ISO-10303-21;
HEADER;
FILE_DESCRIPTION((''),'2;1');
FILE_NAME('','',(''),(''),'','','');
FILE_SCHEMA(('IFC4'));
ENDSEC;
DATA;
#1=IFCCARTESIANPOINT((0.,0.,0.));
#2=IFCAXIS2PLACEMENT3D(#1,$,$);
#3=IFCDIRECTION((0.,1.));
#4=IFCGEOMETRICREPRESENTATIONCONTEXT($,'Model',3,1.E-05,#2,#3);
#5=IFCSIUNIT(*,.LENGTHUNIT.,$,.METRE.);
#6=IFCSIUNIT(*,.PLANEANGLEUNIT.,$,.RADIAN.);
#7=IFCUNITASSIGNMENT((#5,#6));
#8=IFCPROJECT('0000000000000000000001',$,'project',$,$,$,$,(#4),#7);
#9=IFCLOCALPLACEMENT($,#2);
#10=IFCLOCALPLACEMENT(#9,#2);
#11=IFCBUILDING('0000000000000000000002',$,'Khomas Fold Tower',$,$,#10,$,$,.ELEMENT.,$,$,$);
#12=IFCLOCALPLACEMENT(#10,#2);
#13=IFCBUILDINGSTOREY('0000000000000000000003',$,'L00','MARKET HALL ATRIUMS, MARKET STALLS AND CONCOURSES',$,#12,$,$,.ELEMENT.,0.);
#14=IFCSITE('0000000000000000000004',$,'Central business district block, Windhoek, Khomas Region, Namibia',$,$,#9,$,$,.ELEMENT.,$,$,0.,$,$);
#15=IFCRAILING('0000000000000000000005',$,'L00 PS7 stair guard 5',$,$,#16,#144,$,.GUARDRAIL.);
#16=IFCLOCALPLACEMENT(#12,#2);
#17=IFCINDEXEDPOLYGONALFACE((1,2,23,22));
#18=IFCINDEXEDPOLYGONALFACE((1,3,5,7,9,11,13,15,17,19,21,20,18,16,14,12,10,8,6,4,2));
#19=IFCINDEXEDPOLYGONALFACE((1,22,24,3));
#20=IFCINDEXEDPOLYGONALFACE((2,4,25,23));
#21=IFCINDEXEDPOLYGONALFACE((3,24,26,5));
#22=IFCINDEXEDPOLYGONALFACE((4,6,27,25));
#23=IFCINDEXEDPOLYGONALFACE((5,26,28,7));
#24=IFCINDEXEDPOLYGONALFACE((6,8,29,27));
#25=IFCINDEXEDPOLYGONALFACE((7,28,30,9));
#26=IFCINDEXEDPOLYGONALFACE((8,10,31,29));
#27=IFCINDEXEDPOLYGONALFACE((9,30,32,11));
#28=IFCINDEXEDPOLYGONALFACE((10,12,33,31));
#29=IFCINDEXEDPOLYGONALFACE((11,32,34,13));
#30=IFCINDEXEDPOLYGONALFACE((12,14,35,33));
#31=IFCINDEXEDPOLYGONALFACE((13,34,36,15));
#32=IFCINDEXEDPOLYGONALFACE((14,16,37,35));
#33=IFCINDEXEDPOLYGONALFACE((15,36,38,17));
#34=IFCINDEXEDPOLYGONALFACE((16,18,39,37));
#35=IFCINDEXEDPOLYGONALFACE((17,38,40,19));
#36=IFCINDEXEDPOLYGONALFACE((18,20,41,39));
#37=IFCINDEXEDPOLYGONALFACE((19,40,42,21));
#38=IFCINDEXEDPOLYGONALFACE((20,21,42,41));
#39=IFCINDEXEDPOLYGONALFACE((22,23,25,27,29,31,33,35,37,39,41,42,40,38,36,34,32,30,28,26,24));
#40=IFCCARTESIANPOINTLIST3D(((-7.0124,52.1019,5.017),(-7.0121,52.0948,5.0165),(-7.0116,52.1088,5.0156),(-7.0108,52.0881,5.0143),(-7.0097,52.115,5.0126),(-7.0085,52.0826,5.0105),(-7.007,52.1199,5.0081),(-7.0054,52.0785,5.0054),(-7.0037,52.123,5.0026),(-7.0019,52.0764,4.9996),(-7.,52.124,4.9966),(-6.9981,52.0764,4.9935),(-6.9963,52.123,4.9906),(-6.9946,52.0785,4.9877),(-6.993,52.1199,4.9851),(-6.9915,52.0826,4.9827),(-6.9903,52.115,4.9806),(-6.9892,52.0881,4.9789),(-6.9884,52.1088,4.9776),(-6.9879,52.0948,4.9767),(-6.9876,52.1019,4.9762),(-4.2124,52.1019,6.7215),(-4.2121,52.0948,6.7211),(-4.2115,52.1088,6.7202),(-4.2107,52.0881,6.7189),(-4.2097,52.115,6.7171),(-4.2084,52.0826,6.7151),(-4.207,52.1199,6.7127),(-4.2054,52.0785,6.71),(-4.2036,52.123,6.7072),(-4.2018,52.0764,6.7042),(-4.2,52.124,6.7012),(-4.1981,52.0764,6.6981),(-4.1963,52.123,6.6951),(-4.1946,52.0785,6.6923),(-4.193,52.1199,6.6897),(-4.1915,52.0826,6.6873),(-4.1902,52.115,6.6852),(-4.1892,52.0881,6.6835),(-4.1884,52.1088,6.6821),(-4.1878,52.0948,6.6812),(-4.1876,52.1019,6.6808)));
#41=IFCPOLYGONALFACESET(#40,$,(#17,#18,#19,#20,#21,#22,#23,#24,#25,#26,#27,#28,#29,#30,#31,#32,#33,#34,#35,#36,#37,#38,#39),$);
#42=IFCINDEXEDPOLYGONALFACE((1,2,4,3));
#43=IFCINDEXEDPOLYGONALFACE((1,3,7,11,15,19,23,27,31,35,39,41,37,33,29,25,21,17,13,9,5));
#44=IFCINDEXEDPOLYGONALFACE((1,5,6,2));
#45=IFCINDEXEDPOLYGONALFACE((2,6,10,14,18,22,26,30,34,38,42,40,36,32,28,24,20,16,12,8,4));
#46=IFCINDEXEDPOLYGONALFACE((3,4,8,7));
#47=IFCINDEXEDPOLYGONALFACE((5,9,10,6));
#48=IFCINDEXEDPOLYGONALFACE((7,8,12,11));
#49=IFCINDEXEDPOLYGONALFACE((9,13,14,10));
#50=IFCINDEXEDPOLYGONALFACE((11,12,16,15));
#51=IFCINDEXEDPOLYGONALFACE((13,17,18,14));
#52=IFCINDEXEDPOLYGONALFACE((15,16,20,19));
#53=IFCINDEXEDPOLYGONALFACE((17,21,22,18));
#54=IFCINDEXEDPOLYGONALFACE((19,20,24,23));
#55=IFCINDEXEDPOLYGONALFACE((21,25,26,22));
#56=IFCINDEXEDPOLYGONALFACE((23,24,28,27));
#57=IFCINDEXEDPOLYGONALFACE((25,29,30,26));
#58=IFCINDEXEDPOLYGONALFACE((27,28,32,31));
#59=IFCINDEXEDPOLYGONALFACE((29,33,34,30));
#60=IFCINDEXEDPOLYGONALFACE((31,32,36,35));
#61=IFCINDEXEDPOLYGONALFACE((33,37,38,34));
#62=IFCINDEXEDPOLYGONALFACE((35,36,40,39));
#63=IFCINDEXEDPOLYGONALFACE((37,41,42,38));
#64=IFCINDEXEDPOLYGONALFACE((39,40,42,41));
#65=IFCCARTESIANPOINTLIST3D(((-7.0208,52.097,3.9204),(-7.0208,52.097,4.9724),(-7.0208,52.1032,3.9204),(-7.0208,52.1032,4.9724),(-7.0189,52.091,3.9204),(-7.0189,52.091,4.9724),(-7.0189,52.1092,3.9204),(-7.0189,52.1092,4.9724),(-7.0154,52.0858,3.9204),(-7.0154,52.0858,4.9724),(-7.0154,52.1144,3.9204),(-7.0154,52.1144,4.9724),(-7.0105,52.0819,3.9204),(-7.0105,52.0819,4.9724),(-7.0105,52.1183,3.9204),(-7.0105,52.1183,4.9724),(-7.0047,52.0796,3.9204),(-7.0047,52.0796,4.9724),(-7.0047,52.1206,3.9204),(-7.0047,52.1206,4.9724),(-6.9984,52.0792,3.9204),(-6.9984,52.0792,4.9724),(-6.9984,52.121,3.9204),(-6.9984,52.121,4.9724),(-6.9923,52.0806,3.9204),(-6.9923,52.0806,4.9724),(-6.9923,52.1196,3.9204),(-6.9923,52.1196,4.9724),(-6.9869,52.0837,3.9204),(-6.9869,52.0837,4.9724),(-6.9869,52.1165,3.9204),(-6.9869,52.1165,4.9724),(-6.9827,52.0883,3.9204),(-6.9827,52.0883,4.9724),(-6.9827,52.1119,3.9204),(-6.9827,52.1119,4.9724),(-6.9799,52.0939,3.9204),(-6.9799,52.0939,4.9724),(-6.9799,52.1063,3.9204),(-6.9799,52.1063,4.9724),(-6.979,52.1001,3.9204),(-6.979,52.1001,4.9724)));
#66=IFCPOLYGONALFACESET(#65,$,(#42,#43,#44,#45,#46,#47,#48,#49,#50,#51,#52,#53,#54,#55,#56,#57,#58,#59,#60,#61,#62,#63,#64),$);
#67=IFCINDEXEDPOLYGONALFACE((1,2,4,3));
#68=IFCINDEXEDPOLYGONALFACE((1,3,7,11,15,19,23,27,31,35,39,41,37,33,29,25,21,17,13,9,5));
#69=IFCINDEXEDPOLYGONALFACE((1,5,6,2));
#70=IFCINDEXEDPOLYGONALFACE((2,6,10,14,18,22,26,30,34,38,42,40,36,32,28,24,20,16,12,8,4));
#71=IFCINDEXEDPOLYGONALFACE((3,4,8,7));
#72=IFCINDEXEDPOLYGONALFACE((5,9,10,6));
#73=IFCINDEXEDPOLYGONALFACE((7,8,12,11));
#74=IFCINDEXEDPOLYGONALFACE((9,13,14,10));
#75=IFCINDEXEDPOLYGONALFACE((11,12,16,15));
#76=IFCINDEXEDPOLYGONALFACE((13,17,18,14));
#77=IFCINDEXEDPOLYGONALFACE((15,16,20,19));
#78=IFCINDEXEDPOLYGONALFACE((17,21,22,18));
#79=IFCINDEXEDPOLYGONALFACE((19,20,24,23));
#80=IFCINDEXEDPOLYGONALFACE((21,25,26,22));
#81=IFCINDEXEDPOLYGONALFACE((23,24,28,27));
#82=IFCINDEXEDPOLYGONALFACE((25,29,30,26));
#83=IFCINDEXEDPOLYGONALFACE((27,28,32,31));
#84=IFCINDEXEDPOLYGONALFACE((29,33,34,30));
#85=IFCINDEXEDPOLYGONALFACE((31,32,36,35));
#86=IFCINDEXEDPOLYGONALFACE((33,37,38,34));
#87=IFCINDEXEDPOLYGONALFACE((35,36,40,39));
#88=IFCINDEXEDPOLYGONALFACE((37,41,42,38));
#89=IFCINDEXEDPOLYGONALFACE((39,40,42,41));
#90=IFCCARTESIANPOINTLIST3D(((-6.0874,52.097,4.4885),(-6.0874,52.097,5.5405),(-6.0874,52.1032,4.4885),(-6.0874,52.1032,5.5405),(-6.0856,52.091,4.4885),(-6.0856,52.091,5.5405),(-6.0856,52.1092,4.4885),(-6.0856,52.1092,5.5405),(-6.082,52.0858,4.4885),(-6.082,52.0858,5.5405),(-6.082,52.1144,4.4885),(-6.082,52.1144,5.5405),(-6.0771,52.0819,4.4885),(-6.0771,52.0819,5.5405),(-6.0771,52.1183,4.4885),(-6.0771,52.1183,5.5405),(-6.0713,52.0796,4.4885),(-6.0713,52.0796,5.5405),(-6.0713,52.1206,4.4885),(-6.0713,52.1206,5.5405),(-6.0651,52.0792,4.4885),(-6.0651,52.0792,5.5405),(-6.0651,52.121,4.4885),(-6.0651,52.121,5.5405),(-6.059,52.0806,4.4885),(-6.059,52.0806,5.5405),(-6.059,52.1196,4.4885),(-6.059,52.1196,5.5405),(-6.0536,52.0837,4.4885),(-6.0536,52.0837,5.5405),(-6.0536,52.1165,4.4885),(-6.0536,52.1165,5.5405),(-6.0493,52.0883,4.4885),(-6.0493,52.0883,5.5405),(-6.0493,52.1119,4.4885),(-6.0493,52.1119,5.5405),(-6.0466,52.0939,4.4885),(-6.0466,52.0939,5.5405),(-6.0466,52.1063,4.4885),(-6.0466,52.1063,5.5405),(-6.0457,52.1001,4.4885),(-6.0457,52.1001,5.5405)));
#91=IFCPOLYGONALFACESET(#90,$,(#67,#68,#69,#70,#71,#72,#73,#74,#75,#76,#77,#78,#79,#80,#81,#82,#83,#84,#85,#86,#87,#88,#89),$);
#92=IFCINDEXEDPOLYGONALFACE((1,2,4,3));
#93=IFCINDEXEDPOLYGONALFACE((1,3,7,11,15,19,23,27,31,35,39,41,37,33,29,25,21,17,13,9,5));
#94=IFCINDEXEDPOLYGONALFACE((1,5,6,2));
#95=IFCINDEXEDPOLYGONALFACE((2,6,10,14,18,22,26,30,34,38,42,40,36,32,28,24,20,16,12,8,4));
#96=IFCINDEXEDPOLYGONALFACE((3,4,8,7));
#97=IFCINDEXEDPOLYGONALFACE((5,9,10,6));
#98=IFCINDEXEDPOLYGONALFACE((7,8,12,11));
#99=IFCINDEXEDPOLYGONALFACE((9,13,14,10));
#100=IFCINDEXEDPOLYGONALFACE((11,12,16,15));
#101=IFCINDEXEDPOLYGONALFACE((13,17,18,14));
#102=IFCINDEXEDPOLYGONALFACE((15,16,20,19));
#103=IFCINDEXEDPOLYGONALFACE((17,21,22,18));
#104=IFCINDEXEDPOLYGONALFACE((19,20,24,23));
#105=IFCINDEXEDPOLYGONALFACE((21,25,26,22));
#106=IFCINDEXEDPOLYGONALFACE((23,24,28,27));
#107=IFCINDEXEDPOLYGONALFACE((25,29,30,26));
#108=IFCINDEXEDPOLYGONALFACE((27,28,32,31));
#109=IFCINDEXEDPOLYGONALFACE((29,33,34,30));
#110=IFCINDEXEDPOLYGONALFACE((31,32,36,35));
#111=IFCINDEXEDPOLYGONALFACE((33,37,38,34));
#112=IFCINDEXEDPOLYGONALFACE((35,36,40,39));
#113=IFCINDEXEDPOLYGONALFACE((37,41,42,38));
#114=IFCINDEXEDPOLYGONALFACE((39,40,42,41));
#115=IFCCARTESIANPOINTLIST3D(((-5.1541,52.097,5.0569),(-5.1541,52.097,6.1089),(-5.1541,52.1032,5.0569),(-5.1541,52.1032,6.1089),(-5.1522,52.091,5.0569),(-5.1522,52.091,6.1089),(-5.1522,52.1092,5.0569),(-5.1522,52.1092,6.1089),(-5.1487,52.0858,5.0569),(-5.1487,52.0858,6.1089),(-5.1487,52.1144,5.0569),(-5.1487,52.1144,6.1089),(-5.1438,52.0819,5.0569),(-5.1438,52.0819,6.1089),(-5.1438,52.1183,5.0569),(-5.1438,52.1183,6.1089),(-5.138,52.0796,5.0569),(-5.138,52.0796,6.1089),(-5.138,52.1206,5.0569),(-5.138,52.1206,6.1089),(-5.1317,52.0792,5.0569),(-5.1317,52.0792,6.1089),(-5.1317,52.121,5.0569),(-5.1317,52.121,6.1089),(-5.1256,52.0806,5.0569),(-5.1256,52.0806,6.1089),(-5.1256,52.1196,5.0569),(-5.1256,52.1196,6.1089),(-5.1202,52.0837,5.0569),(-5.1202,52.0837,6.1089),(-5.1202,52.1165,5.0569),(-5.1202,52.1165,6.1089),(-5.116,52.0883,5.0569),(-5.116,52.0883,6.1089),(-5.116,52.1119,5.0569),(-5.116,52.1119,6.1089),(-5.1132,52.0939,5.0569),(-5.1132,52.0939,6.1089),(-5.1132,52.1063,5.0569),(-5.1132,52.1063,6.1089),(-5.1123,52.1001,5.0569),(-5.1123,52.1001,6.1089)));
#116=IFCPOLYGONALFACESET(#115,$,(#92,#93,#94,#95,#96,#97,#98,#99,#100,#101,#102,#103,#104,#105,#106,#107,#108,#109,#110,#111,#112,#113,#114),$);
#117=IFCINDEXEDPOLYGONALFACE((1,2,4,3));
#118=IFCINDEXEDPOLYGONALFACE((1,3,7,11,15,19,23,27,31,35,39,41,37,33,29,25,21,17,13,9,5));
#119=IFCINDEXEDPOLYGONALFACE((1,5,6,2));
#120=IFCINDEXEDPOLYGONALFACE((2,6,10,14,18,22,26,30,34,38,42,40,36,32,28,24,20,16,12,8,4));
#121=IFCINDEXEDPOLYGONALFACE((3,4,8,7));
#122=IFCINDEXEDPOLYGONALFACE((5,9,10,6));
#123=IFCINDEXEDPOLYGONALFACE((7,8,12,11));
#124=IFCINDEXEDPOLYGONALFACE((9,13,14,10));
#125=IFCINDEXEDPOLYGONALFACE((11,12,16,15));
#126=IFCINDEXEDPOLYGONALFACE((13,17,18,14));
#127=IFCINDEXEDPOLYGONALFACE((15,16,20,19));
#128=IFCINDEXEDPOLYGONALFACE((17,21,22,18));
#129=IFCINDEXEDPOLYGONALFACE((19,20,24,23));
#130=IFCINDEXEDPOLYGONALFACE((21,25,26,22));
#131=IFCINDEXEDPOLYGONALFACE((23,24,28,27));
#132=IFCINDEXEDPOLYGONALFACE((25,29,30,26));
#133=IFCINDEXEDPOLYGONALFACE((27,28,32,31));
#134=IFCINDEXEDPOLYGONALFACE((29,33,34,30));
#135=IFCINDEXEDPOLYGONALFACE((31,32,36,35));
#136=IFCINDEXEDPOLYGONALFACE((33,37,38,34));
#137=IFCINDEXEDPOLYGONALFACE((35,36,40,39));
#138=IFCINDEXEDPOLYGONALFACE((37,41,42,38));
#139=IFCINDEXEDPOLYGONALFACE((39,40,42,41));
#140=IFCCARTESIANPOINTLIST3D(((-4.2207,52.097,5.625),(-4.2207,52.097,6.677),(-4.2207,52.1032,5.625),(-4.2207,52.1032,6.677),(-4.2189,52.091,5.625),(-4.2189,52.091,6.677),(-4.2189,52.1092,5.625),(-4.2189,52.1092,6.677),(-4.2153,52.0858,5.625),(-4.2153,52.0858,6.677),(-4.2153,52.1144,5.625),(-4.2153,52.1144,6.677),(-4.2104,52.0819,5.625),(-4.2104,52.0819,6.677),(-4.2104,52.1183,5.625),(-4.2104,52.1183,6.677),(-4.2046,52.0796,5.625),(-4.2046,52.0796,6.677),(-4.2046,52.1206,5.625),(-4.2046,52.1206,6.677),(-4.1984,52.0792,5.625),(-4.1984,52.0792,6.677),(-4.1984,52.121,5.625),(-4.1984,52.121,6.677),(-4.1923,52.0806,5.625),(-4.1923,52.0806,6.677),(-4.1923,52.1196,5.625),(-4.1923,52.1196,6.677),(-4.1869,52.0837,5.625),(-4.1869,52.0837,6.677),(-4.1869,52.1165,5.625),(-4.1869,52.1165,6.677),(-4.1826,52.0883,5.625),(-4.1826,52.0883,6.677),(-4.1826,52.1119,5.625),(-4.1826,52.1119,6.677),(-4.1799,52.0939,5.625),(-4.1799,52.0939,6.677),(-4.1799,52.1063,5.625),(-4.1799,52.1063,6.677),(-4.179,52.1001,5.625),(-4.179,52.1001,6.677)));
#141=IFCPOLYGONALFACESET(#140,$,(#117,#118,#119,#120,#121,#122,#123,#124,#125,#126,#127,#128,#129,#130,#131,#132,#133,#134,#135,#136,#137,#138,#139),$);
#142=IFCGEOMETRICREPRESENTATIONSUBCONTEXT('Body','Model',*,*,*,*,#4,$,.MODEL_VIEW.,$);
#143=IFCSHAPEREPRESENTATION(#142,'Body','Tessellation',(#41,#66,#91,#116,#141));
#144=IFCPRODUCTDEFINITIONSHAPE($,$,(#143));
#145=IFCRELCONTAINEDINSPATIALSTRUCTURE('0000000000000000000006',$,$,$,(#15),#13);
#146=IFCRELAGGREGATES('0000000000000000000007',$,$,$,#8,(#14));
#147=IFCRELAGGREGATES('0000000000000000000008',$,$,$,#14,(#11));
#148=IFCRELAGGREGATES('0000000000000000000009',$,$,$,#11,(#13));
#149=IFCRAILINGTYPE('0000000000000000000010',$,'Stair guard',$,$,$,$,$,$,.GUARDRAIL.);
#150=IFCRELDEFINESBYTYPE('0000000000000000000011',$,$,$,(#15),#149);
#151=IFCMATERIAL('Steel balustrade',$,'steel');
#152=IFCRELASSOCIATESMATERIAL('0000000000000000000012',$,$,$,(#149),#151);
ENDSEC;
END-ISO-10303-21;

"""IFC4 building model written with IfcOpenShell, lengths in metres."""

from ifc_helpers import new_model, si_unit, direction, frame, origin, origin_2d, place, context, subcontext, project, spatial, circle, extrude, source, transform, mapped, material, type_object, element, save


model = new_model("IFC4")

# Units and contexts
model_context = context("Model", 3, precision=1e-05, world=origin(), true_north=direction((0.0, 1.0)))
body_context = subcontext(model_context, "Body", "Model", "MODEL_VIEW")
ifc_project = project(units=[si_unit("LENGTHUNIT", "METRE"), si_unit("PLANEANGLEUNIT", "RADIAN")], contexts=[model_context])

# Site, building, storey
site_placement = place(None, origin())
site = spatial("IfcSite", under=ifc_project, at=site_placement, Name="Central business district block, Windhoek, Khomas Region, Namibia", CompositionType="ELEMENT", RefElevation=0.0)
building_placement = place(site_placement, origin())
building = spatial("IfcBuilding", under=site, at=building_placement, Name="Khomas Fold Tower", CompositionType="ELEMENT")
storey_placement = place(building_placement, origin())
storey = spatial("IfcBuildingStorey", under=building, at=storey_placement, Name="L00", Description="MARKET HALL ATRIUMS, MARKET STALLS AND CONCOURSES", CompositionType="ELEMENT", Elevation=0.0)

# Railing
ifc_material_1 = material(Name="Steel balustrade", Category="steel")
railing_type_1 = type_object("IfcRailingType", Name="Stair guard", PredefinedType="GUARDRAIL", material=ifc_material_1)
shared_shape_1 = source(origin(), body_context, "Body", "SweptSolid", [
    extrude(circle(Radius=0.0239, at=origin_2d()), frame((0.0, 0.0, 1.0762), z_axis=(0.85417, 0.0, 0.519994), x_axis=(0.0, 1.0, 0.0)), (0.0, 0.0, 1.0), 3.2781),
    extrude(circle(Radius=0.021, at=origin_2d()), origin(), (0.0, 0.0, 1.0), 1.052),
    extrude(circle(Radius=0.021, at=origin_2d()), frame((0.9333, 0.0, 0.5681)), (0.0, 0.0, 1.0), 1.052),
    extrude(circle(Radius=0.021, at=origin_2d()), frame((1.8667, 0.0, 1.1365)), (0.0, 0.0, 1.0), 1.052),
    extrude(circle(Radius=0.021, at=origin_2d()), frame((2.8, 0.0, 1.7046)), (0.0, 0.0, 1.0), 1.052),
])
railing_placement = place(storey_placement, frame((-7.0, 52.1001, 3.9204)))
element("IfcRailing", 1, at=railing_placement, inside=storey, type_object=railing_type_1, Name="L00 PS7 stair guard 5", PredefinedType="GUARDRAIL", context=body_context, shape_type="MappedRepresentation", body=[
    mapped(shared_shape_1, transform((0.0, 0.0, 0.0))),
])

save(model, "model.ifc")
